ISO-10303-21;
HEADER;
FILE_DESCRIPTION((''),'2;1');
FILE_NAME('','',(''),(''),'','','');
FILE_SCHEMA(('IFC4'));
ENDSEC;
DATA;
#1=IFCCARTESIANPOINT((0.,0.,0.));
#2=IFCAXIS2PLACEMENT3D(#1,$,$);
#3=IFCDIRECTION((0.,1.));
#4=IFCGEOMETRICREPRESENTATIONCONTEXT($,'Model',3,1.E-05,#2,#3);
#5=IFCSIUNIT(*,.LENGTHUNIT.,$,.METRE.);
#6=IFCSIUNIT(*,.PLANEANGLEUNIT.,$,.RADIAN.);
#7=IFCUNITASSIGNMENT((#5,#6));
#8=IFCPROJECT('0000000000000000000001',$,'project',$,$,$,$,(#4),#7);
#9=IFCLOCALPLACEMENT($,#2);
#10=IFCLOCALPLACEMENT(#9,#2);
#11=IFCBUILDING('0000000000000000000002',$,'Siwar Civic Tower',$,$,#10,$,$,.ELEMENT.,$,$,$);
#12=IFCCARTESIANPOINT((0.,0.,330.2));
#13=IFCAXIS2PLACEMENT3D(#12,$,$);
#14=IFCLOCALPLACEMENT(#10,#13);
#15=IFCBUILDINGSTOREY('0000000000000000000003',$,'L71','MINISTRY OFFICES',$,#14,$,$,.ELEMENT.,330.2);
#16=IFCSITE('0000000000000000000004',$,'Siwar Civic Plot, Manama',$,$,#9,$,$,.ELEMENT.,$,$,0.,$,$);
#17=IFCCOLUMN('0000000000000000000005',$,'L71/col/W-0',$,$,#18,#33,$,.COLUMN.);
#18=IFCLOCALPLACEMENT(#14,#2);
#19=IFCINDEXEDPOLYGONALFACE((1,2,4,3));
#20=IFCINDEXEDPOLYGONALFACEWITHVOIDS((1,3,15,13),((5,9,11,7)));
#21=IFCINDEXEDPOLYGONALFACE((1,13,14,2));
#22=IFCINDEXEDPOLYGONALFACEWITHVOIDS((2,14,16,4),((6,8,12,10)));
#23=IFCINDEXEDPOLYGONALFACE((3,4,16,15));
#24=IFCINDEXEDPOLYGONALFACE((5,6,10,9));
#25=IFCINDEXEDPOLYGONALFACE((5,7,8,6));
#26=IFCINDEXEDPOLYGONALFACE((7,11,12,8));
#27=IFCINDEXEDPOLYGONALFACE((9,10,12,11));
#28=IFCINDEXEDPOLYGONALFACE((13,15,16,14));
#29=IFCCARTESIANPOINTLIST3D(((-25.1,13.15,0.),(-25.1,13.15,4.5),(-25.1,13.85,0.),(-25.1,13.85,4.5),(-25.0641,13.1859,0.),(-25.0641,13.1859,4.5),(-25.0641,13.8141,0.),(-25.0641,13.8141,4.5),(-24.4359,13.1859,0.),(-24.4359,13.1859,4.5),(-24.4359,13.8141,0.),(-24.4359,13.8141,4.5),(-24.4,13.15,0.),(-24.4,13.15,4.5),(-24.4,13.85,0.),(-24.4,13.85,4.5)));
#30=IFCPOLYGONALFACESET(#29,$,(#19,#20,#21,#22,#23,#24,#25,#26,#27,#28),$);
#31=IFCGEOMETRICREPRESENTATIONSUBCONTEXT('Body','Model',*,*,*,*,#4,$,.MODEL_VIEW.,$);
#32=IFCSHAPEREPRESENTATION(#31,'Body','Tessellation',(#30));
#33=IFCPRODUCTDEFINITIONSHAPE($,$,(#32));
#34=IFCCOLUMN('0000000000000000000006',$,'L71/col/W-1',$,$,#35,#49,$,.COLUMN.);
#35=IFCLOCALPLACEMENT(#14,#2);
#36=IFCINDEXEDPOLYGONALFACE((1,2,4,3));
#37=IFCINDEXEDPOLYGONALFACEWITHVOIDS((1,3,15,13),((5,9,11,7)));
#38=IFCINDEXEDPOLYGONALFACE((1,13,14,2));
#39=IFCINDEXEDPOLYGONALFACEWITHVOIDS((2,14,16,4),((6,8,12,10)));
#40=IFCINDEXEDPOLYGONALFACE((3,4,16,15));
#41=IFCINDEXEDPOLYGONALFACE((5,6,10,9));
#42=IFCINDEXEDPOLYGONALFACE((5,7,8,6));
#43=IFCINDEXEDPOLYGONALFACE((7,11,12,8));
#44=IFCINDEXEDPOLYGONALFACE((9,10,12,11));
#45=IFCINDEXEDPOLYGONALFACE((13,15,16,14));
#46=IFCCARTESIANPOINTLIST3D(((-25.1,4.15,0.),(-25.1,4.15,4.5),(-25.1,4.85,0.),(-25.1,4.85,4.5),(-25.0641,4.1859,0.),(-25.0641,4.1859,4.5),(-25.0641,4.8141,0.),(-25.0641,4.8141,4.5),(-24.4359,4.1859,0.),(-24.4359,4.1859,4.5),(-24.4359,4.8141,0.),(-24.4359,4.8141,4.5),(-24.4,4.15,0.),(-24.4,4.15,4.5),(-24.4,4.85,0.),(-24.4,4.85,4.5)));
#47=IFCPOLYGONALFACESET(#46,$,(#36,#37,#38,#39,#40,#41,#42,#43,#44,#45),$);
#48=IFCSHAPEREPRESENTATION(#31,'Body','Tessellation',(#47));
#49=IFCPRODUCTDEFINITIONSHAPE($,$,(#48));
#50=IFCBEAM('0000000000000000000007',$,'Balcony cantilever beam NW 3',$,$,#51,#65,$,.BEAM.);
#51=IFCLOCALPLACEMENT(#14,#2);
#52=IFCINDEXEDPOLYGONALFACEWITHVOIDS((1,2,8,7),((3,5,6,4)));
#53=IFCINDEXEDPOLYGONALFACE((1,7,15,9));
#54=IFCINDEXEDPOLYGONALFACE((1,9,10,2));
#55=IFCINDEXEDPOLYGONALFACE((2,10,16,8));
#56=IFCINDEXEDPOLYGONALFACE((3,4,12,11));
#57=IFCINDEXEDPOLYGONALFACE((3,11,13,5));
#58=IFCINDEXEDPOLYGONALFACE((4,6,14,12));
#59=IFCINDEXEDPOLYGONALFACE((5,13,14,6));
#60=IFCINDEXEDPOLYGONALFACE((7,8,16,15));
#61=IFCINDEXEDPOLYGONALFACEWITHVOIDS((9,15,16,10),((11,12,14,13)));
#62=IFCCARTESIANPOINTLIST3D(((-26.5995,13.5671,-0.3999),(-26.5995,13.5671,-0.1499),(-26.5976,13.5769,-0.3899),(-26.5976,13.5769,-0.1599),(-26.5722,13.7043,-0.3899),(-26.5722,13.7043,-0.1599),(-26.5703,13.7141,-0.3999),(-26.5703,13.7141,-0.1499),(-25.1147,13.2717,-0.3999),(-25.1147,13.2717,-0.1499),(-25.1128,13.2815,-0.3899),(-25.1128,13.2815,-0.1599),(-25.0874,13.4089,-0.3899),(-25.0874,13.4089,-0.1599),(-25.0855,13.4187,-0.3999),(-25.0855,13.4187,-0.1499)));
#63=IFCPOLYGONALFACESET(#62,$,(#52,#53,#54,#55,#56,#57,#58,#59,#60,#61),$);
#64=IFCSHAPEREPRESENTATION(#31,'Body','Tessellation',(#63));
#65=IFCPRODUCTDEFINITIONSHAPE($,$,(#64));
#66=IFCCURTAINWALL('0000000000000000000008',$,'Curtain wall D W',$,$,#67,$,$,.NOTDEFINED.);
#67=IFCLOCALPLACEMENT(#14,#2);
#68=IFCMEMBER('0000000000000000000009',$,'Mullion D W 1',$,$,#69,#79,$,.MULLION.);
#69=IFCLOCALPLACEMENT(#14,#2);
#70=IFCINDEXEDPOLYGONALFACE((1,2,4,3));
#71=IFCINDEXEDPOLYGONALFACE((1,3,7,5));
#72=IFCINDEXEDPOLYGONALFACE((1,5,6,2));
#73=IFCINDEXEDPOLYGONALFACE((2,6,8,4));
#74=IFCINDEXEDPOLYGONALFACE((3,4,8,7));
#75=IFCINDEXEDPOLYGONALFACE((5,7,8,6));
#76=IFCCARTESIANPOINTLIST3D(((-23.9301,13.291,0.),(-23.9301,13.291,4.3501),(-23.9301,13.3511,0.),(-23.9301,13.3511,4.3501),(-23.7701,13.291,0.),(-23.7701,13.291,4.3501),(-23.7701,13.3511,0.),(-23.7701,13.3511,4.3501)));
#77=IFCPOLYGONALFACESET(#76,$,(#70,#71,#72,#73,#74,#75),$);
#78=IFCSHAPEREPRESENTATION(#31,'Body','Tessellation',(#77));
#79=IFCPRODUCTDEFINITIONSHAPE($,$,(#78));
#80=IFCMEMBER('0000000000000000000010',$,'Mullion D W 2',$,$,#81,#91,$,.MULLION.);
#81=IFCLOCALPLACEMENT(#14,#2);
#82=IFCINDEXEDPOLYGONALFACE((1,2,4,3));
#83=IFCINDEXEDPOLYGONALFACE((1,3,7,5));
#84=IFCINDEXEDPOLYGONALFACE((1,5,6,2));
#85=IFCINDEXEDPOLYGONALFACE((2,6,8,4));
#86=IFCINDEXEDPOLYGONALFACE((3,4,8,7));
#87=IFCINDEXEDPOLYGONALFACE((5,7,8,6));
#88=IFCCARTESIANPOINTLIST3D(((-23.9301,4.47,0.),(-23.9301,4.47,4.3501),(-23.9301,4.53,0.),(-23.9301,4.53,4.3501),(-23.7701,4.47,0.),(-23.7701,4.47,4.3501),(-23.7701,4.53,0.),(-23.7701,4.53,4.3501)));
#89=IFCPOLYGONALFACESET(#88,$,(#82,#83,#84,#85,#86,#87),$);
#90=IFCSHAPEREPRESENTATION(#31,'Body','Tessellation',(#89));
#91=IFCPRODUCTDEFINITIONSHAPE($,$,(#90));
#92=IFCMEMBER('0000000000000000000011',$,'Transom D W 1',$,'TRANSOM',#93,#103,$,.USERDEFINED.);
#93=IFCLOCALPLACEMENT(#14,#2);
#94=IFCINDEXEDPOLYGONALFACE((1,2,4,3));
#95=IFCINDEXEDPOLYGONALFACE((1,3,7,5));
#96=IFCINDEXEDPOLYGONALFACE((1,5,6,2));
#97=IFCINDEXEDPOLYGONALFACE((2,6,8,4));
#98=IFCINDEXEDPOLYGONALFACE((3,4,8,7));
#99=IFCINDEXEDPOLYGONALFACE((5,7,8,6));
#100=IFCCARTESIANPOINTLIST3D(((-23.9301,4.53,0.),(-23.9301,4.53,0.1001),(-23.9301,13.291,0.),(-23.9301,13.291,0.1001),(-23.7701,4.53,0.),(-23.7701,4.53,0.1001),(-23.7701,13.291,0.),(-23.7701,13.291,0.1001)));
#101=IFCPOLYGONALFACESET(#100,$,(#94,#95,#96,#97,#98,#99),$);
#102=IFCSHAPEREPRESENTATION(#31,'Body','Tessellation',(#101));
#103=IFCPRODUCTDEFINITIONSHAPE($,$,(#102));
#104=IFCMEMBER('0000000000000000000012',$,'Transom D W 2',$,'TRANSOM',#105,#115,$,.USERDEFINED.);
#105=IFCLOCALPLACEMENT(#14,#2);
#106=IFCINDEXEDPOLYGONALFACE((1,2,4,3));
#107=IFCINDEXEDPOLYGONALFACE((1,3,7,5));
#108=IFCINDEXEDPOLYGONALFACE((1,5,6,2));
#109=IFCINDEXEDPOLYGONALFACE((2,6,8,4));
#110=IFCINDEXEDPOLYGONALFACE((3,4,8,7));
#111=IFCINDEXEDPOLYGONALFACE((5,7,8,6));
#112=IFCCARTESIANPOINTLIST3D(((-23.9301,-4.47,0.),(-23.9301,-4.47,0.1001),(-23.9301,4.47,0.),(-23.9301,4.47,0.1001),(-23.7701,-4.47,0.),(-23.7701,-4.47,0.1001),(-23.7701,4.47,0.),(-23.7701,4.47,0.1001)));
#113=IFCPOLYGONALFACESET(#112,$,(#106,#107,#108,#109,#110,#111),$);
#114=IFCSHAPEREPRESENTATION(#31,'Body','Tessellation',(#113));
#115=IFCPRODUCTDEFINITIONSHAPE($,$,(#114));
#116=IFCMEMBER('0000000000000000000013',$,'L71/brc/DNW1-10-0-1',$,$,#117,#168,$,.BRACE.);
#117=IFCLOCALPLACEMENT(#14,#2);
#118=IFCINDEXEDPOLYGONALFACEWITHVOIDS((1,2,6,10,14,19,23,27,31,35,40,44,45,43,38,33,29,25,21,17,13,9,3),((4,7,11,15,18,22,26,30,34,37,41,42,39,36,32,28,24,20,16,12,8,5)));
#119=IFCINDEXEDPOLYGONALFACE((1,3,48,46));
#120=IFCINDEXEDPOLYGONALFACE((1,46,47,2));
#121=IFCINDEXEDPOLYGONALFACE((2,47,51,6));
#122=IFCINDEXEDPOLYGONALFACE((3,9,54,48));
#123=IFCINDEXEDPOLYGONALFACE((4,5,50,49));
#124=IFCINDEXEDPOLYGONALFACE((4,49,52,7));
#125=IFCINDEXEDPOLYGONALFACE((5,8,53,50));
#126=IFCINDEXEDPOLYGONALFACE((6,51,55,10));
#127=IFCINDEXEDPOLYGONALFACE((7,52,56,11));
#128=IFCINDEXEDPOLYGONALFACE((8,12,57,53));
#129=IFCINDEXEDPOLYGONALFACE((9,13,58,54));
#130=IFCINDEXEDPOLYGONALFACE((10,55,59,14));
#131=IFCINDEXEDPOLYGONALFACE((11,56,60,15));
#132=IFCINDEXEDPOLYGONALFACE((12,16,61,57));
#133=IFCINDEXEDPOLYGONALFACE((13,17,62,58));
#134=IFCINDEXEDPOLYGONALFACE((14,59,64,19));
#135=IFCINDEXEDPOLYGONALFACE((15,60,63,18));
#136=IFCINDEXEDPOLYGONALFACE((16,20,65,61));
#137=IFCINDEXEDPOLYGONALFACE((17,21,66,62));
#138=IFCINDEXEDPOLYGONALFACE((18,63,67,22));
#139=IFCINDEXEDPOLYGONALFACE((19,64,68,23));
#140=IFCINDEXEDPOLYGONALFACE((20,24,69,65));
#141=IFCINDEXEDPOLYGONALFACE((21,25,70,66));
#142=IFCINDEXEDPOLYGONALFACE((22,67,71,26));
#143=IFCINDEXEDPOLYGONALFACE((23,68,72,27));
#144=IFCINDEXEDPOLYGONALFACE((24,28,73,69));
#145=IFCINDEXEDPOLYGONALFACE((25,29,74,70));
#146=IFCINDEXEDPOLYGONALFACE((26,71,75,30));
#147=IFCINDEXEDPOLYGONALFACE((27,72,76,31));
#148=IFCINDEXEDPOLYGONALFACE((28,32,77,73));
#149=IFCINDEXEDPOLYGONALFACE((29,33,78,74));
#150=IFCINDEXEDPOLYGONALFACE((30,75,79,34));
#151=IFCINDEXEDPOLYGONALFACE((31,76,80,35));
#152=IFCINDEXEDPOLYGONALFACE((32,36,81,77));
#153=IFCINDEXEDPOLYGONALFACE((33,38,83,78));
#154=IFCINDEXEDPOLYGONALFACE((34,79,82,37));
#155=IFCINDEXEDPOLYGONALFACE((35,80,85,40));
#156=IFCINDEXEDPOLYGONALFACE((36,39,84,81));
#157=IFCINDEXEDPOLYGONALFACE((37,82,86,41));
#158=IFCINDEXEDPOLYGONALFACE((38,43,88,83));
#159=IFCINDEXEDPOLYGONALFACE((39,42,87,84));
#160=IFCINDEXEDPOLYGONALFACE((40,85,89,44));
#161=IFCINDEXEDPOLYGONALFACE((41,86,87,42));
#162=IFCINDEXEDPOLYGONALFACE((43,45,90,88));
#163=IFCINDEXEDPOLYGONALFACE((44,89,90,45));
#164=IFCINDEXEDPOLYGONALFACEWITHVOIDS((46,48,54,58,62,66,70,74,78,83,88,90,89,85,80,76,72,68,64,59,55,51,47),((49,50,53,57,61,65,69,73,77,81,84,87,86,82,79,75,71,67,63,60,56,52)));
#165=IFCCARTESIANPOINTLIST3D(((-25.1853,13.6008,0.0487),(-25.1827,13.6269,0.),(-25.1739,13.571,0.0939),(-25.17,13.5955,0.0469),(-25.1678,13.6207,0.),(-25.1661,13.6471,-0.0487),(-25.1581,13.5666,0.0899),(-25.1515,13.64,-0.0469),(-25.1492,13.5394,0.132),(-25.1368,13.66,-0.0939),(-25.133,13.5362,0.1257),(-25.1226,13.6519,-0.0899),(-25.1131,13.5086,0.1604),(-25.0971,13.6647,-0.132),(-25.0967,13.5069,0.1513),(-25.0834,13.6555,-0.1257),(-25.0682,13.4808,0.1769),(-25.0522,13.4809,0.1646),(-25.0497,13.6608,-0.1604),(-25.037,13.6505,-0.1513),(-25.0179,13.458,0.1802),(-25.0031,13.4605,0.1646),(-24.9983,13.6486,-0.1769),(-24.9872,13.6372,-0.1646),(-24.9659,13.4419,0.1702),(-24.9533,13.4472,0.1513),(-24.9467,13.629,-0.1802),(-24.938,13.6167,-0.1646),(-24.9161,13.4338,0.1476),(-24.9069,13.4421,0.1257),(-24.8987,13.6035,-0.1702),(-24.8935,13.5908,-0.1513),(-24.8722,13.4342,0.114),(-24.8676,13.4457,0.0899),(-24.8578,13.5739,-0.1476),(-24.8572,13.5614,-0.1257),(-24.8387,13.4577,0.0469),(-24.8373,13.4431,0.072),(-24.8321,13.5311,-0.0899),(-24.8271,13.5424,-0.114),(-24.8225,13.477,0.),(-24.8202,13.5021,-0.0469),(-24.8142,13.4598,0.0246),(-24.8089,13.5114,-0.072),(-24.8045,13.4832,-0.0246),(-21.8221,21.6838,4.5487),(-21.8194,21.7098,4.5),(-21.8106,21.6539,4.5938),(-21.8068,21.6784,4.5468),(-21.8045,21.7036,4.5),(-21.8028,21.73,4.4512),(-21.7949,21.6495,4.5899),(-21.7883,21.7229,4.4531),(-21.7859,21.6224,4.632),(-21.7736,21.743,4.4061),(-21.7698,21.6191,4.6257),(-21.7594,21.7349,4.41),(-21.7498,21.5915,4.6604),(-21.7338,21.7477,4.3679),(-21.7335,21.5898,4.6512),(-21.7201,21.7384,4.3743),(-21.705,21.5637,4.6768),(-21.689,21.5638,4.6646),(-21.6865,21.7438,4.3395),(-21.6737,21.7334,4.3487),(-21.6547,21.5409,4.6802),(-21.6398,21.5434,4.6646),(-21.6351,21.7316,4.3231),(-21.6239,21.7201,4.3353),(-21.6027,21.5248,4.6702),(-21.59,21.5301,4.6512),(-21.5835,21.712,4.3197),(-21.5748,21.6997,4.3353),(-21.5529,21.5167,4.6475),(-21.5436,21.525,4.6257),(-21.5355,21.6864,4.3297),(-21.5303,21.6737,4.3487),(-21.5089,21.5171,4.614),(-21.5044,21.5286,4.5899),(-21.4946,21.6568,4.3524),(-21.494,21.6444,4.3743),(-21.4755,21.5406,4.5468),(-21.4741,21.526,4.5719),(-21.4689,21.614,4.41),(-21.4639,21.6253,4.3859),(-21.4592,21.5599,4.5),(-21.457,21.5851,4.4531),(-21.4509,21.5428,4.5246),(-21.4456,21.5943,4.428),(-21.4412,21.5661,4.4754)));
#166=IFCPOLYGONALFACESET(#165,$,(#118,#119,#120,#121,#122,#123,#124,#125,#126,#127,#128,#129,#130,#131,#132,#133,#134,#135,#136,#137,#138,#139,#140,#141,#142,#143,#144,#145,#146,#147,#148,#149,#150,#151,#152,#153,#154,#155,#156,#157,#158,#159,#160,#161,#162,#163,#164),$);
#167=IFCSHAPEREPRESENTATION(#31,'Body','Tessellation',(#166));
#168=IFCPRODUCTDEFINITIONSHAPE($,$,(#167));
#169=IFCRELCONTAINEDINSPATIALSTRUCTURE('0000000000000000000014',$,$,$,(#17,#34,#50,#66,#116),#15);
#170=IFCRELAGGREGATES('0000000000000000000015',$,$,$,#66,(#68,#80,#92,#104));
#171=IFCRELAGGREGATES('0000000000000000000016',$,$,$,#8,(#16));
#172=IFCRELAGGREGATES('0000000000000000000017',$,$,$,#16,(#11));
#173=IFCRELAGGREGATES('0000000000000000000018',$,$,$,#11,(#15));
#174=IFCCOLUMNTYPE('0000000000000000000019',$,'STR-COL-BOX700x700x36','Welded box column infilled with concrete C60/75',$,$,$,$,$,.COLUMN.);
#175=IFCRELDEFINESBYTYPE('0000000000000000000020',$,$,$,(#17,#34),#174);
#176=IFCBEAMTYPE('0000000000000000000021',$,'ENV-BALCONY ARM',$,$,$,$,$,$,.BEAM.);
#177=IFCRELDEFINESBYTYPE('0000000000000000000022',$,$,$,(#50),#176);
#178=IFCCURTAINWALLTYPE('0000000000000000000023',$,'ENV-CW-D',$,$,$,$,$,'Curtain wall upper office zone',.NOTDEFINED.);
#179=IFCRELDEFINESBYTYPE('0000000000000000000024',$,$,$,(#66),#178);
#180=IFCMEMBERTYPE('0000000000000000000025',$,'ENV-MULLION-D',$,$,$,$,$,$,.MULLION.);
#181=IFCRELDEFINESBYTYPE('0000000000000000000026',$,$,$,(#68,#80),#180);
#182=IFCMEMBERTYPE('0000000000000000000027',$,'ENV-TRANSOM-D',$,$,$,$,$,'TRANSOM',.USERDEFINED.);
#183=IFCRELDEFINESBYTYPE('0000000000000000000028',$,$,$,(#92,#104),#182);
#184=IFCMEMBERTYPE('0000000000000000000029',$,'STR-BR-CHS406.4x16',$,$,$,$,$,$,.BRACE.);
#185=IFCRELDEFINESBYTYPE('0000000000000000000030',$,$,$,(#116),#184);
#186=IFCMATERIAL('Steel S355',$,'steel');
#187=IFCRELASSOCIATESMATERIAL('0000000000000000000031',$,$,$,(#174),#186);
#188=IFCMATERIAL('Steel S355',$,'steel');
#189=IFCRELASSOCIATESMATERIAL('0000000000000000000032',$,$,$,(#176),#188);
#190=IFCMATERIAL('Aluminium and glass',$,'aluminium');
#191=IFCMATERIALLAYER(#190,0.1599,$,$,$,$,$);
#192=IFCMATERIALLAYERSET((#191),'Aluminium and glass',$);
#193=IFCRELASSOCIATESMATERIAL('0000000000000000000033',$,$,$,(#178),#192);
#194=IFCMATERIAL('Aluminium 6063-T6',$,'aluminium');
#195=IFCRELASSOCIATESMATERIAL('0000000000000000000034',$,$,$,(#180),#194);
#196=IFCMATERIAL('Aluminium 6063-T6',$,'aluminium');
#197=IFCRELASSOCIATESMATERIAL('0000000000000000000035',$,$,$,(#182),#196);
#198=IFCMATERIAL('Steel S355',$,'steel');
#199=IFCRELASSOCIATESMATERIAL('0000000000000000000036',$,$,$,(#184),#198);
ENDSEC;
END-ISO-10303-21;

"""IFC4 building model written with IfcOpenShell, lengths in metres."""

from ifc_helpers import new_model, si_unit, direction, frame, origin, origin_2d, place, context, subcontext, project, spatial, rectangle, hollow_rectangle, hollow_circle, extrude, material, layer, layer_set, material_profile, profile_set, type_object, element, aggregate, save


model = new_model("IFC4")

# Units and contexts
model_context = context("Model", 3, precision=1e-05, world=origin(), true_north=direction((0.0, 1.0)))
body_context = subcontext(model_context, "Body", "Model", "MODEL_VIEW")
ifc_project = project(units=[si_unit("LENGTHUNIT", "METRE"), si_unit("PLANEANGLEUNIT", "RADIAN")], contexts=[model_context])

# Site, building, storey
site_placement = place(None, origin())
site = spatial("IfcSite", under=ifc_project, at=site_placement, Name="Siwar Civic Plot, Manama", CompositionType="ELEMENT", RefElevation=0.0)
building_placement = place(site_placement, origin())
building = spatial("IfcBuilding", under=site, at=building_placement, Name="Siwar Civic Tower", CompositionType="ELEMENT")
storey_placement = place(building_placement, frame((0.0, 0.0, 330.2)))
storey = spatial("IfcBuildingStorey", under=building, at=storey_placement, Name="L71", Description="MINISTRY OFFICES", CompositionType="ELEMENT", Elevation=330.2)

# Columns
ifc_material_1 = material(Name="Steel S355", Category="steel")
ifc_material_profile_1 = material_profile(ifc_material_1, hollow_rectangle(XDim=0.7, YDim=0.7, WallThickness=0.0359, at=origin_2d()), Name="BOX700x700x36")
ifc_profile_set_1 = profile_set([ifc_material_profile_1], Name="Steel S355")
column_type = type_object("IfcColumnType", Name="STR-COL-BOX700x700x36", Description="Welded box column infilled with concrete C60/75", PredefinedType="COLUMN", material=ifc_profile_set_1)
for number, where, z_axis, x_axis, name in (
    (1, (-24.75, 13.5, 0.0), (0.0, 0.0, 1.0), (1.0, 0.0, 0.0), "L71/col/W-0"),
    (2, (-24.75, 4.5, 0.0), (0.0, 0.0, 1.0), (1.0, 0.0, 0.0), "L71/col/W-1"),
):
    element("IfcColumn", number, at=place(storey_placement, frame(where, z_axis=z_axis, x_axis=x_axis)), inside=storey, type_object=column_type, Name=name, PredefinedType="COLUMN", context=body_context, shape_type="SweptSolid", body=[
        extrude(hollow_rectangle(XDim=0.7, YDim=0.7, WallThickness=0.0359, at=origin_2d()), origin(), (0.0, 0.0, 1.0), 4.5),
    ])

# Beam
ifc_material_2 = material(Name="Steel S355", Category="steel")
ifc_material_profile_2 = material_profile(ifc_material_2, hollow_rectangle(XDim=0.1499, YDim=0.25, WallThickness=0.01, at=origin_2d()), Name="RHS250x150x10")
ifc_profile_set_2 = profile_set([ifc_material_profile_2], Name="Steel S355")
beam_type_1 = type_object("IfcBeamType", Name="ENV-BALCONY ARM", PredefinedType="BEAM", material=ifc_profile_set_2)
beam_placement = place(storey_placement, frame((-25.1001, 13.3452, -0.2749), z_axis=(-0.980779, 0.195124, 0.0), x_axis=(-0.195124, -0.980779, 0.0)))
element("IfcBeam", 3, at=beam_placement, inside=storey, type_object=beam_type_1, Name="Balcony cantilever beam NW 3", PredefinedType="BEAM", context=body_context, shape_type="SweptSolid", body=[
    extrude(hollow_rectangle(XDim=0.1499, YDim=0.25, WallThickness=0.01, at=origin_2d()), origin(), (0.0, 0.0, 1.0), 1.5139),
])

# Curtain wall, members
ifc_material_3 = material(Name="Aluminium and glass", Category="aluminium")
ifc_layer_1 = layer(ifc_material_3, 0.1599)
ifc_layer_set_1 = layer_set([ifc_layer_1], Name="Aluminium and glass")
curtain_wall_type = type_object("IfcCurtainWallType", Name="ENV-CW-D", ElementType="Curtain wall upper office zone", PredefinedType="NOTDEFINED", material=ifc_layer_set_1)
curtain_wall_placement = place(storey_placement, origin())
curtain_wall = element("IfcCurtainWall", 4, at=curtain_wall_placement, inside=storey, type_object=curtain_wall_type, Name="Curtain wall D W", PredefinedType="NOTDEFINED")
ifc_material_4 = material(Name="Aluminium 6063-T6", Category="aluminium")
ifc_material_profile_3 = material_profile(ifc_material_4, rectangle(XDim=0.1599, YDim=0.0601, at=origin_2d()), Name="AL 160x60")
ifc_profile_set_3 = profile_set([ifc_material_profile_3], Name="Aluminium 6063-T6")
member_type_1 = type_object("IfcMemberType", Name="ENV-MULLION-D", PredefinedType="MULLION", material=ifc_profile_set_3)
member_1_placement = place(storey_placement, frame((-23.8501, 13.321, 0.0), z_axis=(0.0, 0.0, 1.0), x_axis=(1.0, 0.0, 0.0)))
member_1 = element("IfcMember", 5, at=member_1_placement, type_object=member_type_1, Name="Mullion D W 1", PredefinedType="MULLION", context=body_context, shape_type="SweptSolid", body=[
    extrude(rectangle(XDim=0.1599, YDim=0.0601, at=origin_2d()), origin(), (0.0, 0.0, 1.0), 4.3501),
])
member_2_placement = place(storey_placement, frame((-23.8501, 4.5, 0.0), z_axis=(0.0, 0.0, 1.0), x_axis=(1.0, 0.0, 0.0)))
member_2 = element("IfcMember", 6, at=member_2_placement, type_object=member_type_1, Name="Mullion D W 2", PredefinedType="MULLION", context=body_context, shape_type="SweptSolid", body=[
    extrude(rectangle(XDim=0.1599, YDim=0.0601, at=origin_2d()), origin(), (0.0, 0.0, 1.0), 4.3501),
])
ifc_material_5 = material(Name="Aluminium 6063-T6", Category="aluminium")
ifc_material_profile_4 = material_profile(ifc_material_5, rectangle(XDim=0.1599, YDim=0.1001, at=origin_2d()), Name="AL 160x100")
ifc_profile_set_4 = profile_set([ifc_material_profile_4], Name="Aluminium 6063-T6")
member_type_2 = type_object("IfcMemberType", Name="ENV-TRANSOM-D", ElementType="TRANSOM", PredefinedType="USERDEFINED", material=ifc_profile_set_4)
member_3_placement = place(storey_placement, frame((-23.8501, 13.291, 0.05), z_axis=(0.0, -1.0, 0.0), x_axis=(1.0, 0.0, 0.0)))
member_3 = element("IfcMember", 7, at=member_3_placement, type_object=member_type_2, Name="Transom D W 1", ObjectType="TRANSOM", PredefinedType="USERDEFINED", context=body_context, shape_type="SweptSolid", body=[
    extrude(rectangle(XDim=0.1599, YDim=0.1001, at=origin_2d()), origin(), (0.0, 0.0, 1.0), 8.761),
])
member_4_placement = place(storey_placement, frame((-23.8501, 4.47, 0.05), z_axis=(0.0, -1.0, 0.0), x_axis=(1.0, 0.0, 0.0)))
member_4 = element("IfcMember", 8, at=member_4_placement, type_object=member_type_2, Name="Transom D W 2", ObjectType="TRANSOM", PredefinedType="USERDEFINED", context=body_context, shape_type="SweptSolid", body=[
    extrude(rectangle(XDim=0.1599, YDim=0.1001, at=origin_2d()), origin(), (0.0, 0.0, 1.0), 8.9399),
])

# Member
ifc_material_6 = material(Name="Steel S355", Category="steel")
ifc_material_profile_5 = material_profile(ifc_material_6, hollow_circle(Radius=0.2031, WallThickness=0.0161, at=origin_2d()), Name="CHS406.4x16")
ifc_profile_set_5 = profile_set([ifc_material_profile_5], Name="Steel S355")
member_type_3 = type_object("IfcMemberType", Name="STR-BR-CHS406.4x16", PredefinedType="BRACE", material=ifc_profile_set_5)
member_5_placement = place(storey_placement, frame((-24.9951, 13.5488, 0.0), z_axis=(0.341671, 0.821143, 0.457149), x_axis=(-0.923265, 0.384164, 0.0)))
element("IfcMember", 9, at=member_5_placement, inside=storey, type_object=member_type_3, Name="L71/brc/DNW1-10-0-1", PredefinedType="BRACE", context=body_context, shape_type="SweptSolid", body=[
    extrude(hollow_circle(Radius=0.2031, WallThickness=0.0161, at=origin_2d()), origin(), (0.0, 0.0, 1.0), 9.8435),
])

aggregate(curtain_wall, [member_1, member_2, member_3, member_4])

save(model, "model.ifc")
